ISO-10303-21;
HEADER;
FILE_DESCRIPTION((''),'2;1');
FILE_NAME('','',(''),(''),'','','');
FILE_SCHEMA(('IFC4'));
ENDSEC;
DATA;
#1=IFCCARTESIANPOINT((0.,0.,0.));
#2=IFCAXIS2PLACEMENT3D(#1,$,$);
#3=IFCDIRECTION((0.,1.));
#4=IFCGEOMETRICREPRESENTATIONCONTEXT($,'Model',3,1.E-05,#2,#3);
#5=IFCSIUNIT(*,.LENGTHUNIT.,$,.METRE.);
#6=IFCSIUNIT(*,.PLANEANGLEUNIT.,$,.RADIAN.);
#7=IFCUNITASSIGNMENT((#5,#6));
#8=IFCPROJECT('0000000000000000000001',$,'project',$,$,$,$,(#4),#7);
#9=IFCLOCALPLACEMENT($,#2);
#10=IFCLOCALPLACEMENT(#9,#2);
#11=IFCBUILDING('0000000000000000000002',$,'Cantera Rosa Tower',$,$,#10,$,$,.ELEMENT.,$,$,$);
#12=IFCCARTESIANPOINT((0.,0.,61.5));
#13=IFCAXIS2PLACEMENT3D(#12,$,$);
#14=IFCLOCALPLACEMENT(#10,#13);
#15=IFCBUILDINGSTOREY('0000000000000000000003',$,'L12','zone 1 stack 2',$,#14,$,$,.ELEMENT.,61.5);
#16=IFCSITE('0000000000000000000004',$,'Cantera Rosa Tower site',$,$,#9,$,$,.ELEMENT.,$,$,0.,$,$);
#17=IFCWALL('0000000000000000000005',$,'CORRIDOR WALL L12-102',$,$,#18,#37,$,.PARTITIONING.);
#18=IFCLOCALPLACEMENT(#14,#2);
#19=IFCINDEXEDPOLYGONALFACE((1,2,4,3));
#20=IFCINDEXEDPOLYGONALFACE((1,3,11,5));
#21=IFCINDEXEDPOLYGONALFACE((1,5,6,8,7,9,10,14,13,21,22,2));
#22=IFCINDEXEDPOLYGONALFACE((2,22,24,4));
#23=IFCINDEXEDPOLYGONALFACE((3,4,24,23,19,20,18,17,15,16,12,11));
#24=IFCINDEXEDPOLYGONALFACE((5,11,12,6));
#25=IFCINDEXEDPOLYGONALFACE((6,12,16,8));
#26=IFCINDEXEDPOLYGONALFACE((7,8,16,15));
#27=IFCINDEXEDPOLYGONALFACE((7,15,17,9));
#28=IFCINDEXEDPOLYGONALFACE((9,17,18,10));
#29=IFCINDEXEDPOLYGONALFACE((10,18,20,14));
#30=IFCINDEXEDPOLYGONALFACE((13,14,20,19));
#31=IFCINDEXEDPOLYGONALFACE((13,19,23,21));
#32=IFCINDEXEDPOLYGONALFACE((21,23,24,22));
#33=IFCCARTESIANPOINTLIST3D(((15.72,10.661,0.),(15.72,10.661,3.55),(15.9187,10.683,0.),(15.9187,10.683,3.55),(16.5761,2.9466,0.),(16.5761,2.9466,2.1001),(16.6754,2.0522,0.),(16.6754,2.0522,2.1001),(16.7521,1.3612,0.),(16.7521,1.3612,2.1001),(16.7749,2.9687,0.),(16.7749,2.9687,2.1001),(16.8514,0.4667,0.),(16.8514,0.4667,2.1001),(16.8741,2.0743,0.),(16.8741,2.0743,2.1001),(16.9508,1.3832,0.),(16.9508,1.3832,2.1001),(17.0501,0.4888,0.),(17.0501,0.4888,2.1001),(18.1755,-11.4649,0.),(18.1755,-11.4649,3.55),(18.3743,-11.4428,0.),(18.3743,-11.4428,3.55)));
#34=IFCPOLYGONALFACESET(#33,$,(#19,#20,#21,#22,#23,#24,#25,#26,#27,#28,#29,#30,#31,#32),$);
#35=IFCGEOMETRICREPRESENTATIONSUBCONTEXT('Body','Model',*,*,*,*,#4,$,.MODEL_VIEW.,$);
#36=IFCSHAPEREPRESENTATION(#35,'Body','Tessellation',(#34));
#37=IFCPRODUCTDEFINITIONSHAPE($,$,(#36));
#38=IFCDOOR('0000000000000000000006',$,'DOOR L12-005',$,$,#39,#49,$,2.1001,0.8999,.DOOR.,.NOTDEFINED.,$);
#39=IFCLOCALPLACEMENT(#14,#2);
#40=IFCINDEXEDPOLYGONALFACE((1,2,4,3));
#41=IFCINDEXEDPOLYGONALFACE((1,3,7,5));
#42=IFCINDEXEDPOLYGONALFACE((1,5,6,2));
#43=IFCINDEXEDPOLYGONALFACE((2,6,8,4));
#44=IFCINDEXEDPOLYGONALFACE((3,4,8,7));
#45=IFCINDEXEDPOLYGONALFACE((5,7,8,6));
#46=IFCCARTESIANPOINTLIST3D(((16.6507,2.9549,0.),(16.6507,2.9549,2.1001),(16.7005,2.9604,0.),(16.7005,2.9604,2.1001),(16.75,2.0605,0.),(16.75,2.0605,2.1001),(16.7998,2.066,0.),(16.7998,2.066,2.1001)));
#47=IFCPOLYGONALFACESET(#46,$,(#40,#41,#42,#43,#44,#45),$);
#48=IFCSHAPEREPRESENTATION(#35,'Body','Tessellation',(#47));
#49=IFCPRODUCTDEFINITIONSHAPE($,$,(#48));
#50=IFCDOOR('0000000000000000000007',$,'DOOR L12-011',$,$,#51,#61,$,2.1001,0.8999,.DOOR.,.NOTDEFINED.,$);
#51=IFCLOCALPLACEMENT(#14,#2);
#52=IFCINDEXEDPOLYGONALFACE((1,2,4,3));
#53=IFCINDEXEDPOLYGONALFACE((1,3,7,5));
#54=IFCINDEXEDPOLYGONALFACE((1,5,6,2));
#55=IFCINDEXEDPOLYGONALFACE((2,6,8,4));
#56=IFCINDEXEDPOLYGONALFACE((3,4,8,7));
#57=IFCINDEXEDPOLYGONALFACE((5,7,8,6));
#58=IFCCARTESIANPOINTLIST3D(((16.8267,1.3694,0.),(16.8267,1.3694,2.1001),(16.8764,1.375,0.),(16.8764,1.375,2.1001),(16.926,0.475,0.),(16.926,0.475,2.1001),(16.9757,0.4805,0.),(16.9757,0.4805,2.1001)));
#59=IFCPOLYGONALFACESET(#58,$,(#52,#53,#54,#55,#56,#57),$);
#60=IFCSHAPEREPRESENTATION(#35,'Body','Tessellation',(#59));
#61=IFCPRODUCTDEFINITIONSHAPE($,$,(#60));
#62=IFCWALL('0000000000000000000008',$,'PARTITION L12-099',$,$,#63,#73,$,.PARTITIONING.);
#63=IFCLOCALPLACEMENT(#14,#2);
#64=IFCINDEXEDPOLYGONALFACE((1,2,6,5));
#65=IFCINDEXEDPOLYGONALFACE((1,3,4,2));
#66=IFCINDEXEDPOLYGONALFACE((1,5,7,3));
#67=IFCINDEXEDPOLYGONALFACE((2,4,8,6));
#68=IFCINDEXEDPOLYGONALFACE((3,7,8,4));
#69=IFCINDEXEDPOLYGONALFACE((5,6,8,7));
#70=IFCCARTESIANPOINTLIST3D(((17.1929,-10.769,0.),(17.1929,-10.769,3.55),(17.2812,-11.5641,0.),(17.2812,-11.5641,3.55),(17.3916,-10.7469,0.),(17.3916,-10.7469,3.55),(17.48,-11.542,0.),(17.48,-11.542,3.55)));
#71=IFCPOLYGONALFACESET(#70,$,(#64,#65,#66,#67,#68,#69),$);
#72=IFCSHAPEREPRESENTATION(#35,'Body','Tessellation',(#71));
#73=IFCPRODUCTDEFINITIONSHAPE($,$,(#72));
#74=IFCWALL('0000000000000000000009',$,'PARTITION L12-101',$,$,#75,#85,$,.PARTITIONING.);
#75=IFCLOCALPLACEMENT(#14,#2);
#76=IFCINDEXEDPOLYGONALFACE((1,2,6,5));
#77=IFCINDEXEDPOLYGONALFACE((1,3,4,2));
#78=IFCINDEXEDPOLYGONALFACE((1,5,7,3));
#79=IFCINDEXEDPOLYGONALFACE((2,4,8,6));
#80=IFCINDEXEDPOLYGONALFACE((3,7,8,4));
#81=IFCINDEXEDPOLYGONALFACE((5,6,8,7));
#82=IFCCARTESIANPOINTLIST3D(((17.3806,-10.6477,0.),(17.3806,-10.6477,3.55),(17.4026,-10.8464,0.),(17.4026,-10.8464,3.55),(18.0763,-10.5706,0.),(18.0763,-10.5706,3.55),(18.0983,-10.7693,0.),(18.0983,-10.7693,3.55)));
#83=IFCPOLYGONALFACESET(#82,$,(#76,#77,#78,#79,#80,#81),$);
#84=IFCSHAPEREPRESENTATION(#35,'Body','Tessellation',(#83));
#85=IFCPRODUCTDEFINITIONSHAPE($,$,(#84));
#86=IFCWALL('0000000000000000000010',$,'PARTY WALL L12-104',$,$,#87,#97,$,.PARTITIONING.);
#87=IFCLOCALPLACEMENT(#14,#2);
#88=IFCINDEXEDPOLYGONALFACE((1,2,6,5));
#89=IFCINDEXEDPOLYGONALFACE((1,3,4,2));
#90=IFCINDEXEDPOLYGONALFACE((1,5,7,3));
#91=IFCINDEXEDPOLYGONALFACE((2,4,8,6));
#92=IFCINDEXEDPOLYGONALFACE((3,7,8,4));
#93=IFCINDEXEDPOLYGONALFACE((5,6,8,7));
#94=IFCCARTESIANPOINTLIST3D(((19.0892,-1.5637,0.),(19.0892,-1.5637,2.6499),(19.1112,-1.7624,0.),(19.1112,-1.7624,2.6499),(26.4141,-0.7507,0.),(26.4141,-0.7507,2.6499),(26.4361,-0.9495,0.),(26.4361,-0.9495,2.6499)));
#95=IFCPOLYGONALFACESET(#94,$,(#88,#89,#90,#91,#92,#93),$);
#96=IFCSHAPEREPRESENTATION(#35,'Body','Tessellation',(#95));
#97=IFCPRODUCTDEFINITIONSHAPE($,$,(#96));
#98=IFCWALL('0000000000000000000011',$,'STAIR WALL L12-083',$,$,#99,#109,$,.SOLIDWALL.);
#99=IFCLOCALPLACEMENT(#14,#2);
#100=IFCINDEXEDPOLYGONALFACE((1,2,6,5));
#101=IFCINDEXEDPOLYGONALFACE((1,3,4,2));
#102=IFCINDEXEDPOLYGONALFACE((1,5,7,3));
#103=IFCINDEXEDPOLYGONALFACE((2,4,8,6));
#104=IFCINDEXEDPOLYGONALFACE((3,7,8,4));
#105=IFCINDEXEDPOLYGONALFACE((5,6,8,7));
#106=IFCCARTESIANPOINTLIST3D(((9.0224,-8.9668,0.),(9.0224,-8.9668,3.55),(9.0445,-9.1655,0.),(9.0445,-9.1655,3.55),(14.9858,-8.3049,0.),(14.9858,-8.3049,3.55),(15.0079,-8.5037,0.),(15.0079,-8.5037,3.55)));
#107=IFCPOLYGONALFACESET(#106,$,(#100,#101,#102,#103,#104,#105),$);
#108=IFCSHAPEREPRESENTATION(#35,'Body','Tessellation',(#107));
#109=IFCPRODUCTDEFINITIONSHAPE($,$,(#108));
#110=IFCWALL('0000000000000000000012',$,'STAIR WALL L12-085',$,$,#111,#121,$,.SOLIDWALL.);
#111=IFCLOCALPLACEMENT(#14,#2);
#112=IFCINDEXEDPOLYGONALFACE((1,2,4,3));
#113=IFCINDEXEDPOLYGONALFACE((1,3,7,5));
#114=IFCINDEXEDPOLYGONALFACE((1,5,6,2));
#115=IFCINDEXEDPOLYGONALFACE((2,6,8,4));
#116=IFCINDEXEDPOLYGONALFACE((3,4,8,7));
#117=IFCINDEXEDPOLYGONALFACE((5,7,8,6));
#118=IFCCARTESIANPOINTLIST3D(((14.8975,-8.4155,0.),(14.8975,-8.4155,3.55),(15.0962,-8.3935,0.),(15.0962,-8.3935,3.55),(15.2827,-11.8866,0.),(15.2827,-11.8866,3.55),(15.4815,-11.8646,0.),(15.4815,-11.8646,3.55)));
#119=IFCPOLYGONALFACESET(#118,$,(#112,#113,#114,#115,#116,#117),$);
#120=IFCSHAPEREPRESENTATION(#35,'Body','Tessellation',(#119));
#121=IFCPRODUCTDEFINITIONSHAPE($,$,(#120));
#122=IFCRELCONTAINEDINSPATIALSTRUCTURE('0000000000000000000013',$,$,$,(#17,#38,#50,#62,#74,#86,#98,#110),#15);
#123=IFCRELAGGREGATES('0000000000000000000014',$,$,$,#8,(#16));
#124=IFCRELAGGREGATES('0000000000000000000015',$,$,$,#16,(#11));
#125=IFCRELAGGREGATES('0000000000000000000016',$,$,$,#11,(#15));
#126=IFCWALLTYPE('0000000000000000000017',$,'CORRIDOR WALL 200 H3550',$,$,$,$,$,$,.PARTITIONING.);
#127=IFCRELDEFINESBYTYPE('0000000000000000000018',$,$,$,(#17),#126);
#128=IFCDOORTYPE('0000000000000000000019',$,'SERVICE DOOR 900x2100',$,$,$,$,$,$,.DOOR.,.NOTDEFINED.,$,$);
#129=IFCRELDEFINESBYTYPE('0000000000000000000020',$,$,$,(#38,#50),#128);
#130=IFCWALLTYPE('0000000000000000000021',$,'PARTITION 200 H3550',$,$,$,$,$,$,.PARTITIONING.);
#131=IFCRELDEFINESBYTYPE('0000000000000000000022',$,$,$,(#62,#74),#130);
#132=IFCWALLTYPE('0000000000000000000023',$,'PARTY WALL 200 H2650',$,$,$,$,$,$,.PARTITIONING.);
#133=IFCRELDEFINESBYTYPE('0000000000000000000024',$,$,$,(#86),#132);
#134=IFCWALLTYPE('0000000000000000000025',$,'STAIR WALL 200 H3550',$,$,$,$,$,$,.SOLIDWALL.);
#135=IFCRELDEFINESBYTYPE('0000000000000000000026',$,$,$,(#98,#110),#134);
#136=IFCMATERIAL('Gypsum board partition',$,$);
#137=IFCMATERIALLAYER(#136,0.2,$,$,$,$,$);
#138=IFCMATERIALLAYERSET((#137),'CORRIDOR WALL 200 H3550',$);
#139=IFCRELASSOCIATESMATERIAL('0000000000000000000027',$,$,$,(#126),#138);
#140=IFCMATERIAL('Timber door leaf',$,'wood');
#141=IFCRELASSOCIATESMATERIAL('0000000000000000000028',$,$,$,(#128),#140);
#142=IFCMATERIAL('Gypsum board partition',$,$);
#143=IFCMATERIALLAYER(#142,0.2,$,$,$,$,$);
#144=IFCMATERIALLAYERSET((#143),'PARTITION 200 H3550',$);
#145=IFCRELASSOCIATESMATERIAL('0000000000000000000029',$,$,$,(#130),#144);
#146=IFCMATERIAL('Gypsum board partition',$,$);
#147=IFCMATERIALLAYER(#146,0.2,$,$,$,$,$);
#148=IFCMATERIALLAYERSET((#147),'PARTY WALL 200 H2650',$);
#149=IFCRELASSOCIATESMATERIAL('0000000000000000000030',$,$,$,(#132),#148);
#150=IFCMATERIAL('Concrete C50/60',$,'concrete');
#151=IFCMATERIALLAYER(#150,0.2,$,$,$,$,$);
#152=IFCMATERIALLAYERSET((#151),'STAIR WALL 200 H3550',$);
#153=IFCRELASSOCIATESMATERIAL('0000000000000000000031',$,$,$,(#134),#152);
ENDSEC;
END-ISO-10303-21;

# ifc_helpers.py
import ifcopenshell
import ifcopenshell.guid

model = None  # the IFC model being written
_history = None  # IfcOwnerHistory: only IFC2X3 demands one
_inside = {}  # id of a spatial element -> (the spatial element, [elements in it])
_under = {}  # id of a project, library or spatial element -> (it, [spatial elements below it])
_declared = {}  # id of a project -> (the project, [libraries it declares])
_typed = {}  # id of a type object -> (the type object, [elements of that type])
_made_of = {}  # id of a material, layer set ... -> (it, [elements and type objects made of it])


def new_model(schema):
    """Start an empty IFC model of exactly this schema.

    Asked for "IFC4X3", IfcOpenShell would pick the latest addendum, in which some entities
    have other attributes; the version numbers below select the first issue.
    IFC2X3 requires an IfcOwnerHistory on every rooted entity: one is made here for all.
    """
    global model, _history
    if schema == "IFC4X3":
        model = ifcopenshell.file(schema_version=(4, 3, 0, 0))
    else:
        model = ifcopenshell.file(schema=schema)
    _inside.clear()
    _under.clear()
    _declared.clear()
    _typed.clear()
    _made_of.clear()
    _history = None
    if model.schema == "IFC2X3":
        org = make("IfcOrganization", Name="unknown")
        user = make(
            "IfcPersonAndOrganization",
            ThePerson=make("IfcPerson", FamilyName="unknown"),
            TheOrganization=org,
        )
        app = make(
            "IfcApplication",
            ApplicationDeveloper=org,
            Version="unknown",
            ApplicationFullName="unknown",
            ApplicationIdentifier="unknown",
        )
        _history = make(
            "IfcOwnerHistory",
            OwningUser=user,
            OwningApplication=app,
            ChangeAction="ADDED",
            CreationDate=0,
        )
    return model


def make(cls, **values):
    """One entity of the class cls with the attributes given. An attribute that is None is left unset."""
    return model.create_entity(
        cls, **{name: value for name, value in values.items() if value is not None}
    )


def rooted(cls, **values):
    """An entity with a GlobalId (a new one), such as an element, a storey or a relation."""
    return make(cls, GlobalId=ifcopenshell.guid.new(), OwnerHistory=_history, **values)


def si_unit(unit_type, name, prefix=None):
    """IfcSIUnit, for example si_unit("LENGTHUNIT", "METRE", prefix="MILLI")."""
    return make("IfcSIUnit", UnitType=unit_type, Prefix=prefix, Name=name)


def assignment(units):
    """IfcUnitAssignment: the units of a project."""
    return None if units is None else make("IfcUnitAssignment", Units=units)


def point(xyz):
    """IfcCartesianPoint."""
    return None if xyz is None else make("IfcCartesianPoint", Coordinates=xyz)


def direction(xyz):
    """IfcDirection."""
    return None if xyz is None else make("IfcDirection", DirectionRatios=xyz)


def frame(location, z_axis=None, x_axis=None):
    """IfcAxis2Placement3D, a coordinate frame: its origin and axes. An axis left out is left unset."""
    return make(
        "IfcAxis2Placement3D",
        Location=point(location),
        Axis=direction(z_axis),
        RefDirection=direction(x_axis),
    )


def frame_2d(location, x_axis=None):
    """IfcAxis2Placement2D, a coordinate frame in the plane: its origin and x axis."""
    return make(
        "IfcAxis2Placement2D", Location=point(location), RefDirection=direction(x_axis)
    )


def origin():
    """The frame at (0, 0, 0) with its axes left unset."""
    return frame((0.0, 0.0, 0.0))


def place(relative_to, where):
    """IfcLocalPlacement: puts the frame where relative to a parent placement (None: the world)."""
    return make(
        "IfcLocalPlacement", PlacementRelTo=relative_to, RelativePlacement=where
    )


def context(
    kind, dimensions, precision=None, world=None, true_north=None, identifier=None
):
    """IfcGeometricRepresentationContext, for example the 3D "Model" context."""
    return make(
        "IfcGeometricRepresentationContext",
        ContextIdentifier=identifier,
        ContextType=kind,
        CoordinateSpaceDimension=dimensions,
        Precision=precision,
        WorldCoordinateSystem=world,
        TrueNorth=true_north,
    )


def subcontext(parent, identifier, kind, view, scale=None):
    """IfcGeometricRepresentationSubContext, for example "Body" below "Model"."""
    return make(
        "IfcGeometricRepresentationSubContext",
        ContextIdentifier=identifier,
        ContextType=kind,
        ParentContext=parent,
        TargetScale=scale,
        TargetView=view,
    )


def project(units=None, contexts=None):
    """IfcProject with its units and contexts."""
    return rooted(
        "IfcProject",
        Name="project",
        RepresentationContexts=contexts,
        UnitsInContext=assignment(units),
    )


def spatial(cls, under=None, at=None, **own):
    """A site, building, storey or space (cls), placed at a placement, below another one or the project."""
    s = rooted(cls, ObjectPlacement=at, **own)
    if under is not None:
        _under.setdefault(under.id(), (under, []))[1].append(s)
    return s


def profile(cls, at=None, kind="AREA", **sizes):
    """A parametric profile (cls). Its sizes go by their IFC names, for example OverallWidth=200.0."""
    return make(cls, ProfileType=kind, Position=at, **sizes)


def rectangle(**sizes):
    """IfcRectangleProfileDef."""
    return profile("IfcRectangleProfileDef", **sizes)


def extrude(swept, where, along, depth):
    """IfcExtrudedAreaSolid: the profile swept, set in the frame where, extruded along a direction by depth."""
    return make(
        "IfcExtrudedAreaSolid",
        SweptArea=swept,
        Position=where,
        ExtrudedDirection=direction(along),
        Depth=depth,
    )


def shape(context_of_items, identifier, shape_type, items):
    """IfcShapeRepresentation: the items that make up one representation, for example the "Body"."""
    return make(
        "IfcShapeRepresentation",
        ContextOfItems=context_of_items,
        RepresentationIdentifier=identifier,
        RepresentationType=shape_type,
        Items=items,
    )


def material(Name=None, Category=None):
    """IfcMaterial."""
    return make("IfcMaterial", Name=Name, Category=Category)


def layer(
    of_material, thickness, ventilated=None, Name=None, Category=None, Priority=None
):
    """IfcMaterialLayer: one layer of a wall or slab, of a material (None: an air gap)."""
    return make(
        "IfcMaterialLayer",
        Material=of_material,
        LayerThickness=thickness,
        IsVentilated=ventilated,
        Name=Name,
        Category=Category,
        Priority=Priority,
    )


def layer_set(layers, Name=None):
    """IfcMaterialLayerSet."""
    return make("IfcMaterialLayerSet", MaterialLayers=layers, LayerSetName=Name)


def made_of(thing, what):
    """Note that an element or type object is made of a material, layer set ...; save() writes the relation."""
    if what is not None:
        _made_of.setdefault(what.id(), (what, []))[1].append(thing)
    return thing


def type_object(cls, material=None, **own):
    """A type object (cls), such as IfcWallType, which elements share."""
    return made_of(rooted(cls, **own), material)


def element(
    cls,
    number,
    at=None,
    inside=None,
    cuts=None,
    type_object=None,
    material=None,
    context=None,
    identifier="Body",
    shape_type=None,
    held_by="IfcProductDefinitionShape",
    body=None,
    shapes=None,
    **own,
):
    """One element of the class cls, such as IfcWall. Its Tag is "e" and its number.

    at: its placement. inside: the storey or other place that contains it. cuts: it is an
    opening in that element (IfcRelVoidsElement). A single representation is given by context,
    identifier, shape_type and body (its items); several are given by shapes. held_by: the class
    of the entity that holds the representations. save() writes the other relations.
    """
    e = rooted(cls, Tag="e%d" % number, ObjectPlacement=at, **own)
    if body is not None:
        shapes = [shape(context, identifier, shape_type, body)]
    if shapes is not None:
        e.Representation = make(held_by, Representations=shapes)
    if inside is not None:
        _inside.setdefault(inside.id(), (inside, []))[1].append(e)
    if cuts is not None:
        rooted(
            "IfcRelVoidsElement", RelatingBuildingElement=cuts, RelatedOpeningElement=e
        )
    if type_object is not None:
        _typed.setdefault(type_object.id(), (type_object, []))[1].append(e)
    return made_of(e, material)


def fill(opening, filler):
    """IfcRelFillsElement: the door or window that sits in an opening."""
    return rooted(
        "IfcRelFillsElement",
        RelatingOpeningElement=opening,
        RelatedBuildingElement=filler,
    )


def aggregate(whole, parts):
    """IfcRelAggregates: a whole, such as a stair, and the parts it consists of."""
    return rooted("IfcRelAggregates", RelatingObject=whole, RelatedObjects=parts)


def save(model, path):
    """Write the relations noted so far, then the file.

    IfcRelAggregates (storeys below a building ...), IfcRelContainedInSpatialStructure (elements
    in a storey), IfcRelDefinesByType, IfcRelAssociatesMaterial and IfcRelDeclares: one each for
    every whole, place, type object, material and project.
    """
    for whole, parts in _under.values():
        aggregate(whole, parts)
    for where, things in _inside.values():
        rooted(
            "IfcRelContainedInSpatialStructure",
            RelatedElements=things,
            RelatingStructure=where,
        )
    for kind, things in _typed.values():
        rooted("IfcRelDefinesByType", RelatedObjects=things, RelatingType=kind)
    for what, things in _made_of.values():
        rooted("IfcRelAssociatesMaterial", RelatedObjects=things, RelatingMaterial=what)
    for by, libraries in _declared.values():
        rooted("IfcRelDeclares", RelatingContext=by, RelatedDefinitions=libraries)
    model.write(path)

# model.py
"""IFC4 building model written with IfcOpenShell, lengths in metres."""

from ifc_helpers import new_model, si_unit, direction, frame, frame_2d, origin, place, context, subcontext, project, spatial, rectangle, extrude, material, layer, layer_set, type_object, element, fill, save


model = new_model("IFC4")

# Units and contexts
model_context = context("Model", 3, precision=1e-05, world=origin(), true_north=direction((0.0, 1.0)))
body_context = subcontext(model_context, "Body", "Model", "MODEL_VIEW")
ifc_project = project(units=[si_unit("LENGTHUNIT", "METRE"), si_unit("PLANEANGLEUNIT", "RADIAN")], contexts=[model_context])

# Site, building, storey
site_placement = place(None, origin())
site = spatial("IfcSite", under=ifc_project, at=site_placement, Name="Cantera Rosa Tower site", CompositionType="ELEMENT", RefElevation=0.0)
building_placement = place(site_placement, origin())
building = spatial("IfcBuilding", under=site, at=building_placement, Name="Cantera Rosa Tower", CompositionType="ELEMENT")
storey_placement = place(building_placement, frame((0.0, 0.0, 61.5)))
storey = spatial("IfcBuildingStorey", under=building, at=storey_placement, Name="L12", Description="zone 1 stack 2", CompositionType="ELEMENT", Elevation=61.5)

# Shared definitions
ifc_material_1 = material(Name="Gypsum board partition")
ifc_layer_1 = layer(ifc_material_1, 0.2)
ifc_layer_set_1 = layer_set([ifc_layer_1], Name="CORRIDOR WALL 200 H3550")
wall_type_1 = type_object("IfcWallType", Name="CORRIDOR WALL 200 H3550", PredefinedType="PARTITIONING", material=ifc_layer_set_1)

# Wall, openings, doors
wall_1_placement = place(storey_placement, frame((18.2749, -11.4539, 0.0), z_axis=(0.0, 0.0, 1.0), x_axis=(-0.110304, 0.993898, 0.0)))
wall_1 = element("IfcWall", 1, at=wall_1_placement, inside=storey, type_object=wall_type_1, Name="CORRIDOR WALL L12-102", PredefinedType="PARTITIONING", context=body_context, shape_type="SweptSolid", body=[
    extrude(rectangle(XDim=22.2617, YDim=0.2, at=frame_2d((11.1309, 0.0))), origin(), (0.0, 0.0, 1.0), 3.55),
])
opening_1_placement = place(wall_1_placement, frame((13.6001, 0.0, 0.0)))
opening_1 = element("IfcOpeningElement", 2, at=opening_1_placement, cuts=wall_1, PredefinedType="OPENING", context=body_context, shape_type="SweptSolid", body=[
    extrude(rectangle(XDim=0.8999, YDim=2.1001, at=frame_2d((0.45, 1.05))), frame((0.0, 0.1099, 0.0), z_axis=(0.0, -1.0, 0.0), x_axis=(1.0, 0.0, 0.0)), (0.0, 0.0, 1.0), 0.22),
])
opening_2_placement = place(wall_1_placement, frame((12.0049, 0.0, 0.0)))
opening_2 = element("IfcOpeningElement", 3, at=opening_2_placement, cuts=wall_1, PredefinedType="OPENING", context=body_context, shape_type="SweptSolid", body=[
    extrude(rectangle(XDim=0.8999, YDim=2.1001, at=frame_2d((0.45, 1.05))), frame((0.0, 0.1099, 0.0), z_axis=(0.0, -1.0, 0.0), x_axis=(1.0, 0.0, 0.0)), (0.0, 0.0, 1.0), 0.22),
])
ifc_material_2 = material(Name="Timber door leaf", Category="wood")
door_type = type_object("IfcDoorType", Name="SERVICE DOOR 900x2100", OperationType="NOTDEFINED", PredefinedType="DOOR", material=ifc_material_2)
door_1_placement = place(opening_1_placement, origin())
door_1 = element("IfcDoor", 4, at=door_1_placement, inside=storey, type_object=door_type, Name="DOOR L12-005", OperationType="NOTDEFINED", OverallHeight=2.1001, OverallWidth=0.8999, PredefinedType="DOOR", context=body_context, shape_type="SweptSolid", body=[
    extrude(rectangle(XDim=0.8999, YDim=2.1001, at=frame_2d((0.45, 1.05))), frame((0.0, 0.0249, 0.0), z_axis=(0.0, -1.0, 0.0), x_axis=(1.0, 0.0, 0.0)), (0.0, 0.0, 1.0), 0.05),
])
fill(opening_1, door_1)
door_2_placement = place(opening_2_placement, origin())
door_2 = element("IfcDoor", 5, at=door_2_placement, inside=storey, type_object=door_type, Name="DOOR L12-011", OperationType="NOTDEFINED", OverallHeight=2.1001, OverallWidth=0.8999, PredefinedType="DOOR", context=body_context, shape_type="SweptSolid", body=[
    extrude(rectangle(XDim=0.8999, YDim=2.1001, at=frame_2d((0.45, 1.05))), frame((0.0, 0.0249, 0.0), z_axis=(0.0, -1.0, 0.0), x_axis=(1.0, 0.0, 0.0)), (0.0, 0.0, 1.0), 0.05),
])
fill(opening_2, door_2)

# Walls
ifc_material_3 = material(Name="Gypsum board partition")
ifc_layer_2 = layer(ifc_material_3, 0.2)
ifc_layer_set_2 = layer_set([ifc_layer_2], Name="PARTITION 200 H3550")
wall_type_2 = type_object("IfcWallType", Name="PARTITION 200 H3550", PredefinedType="PARTITIONING", material=ifc_layer_set_2)
wall_2_placement = place(storey_placement, frame((17.2922, -10.7581, 0.0), z_axis=(0.0, 0.0, 1.0), x_axis=(0.110465, -0.99388, 0.0)))
element("IfcWall", 6, at=wall_2_placement, inside=storey, type_object=wall_type_2, Name="PARTITION L12-099", PredefinedType="PARTITIONING", context=body_context, shape_type="SweptSolid", body=[
    extrude(rectangle(XDim=0.8, YDim=0.2, at=frame_2d((0.3999, 0.0))), origin(), (0.0, 0.0, 1.0), 3.55),
])
wall_3_placement = place(storey_placement, frame((18.0874, -10.6699, 0.0), z_axis=(0.0, 0.0, 1.0), x_axis=(-0.993909, -0.110202, 0.0)))
element("IfcWall", 7, at=wall_3_placement, inside=storey, type_object=wall_type_2, Name="PARTITION L12-101", PredefinedType="PARTITIONING", context=body_context, shape_type="SweptSolid", body=[
    extrude(rectangle(XDim=0.7, YDim=0.2, at=frame_2d((0.3501, 0.0))), origin(), (0.0, 0.0, 1.0), 3.55),
])
ifc_material_4 = material(Name="Gypsum board partition")
ifc_layer_3 = layer(ifc_material_4, 0.2)
ifc_layer_set_3 = layer_set([ifc_layer_3], Name="PARTY WALL 200 H2650")
wall_type_3 = type_object("IfcWallType", Name="PARTY WALL 200 H2650", PredefinedType="PARTITIONING", material=ifc_layer_set_3)
wall_4_placement = place(storey_placement, frame((19.1001, -1.6631, 0.0), z_axis=(0.0, 0.0, 1.0), x_axis=(0.993897, 0.110312, 0.0)))
element("IfcWall", 8, at=wall_4_placement, inside=storey, type_object=wall_type_3, Name="PARTY WALL L12-104", PredefinedType="PARTITIONING", context=body_context, shape_type="SweptSolid", body=[
    extrude(rectangle(XDim=7.3699, YDim=0.2, at=frame_2d((3.6851, 0.0))), origin(), (0.0, 0.0, 1.0), 2.6499),
])
ifc_material_5 = material(Name="Concrete C50/60", Category="concrete")
ifc_layer_4 = layer(ifc_material_5, 0.2)
ifc_layer_set_4 = layer_set([ifc_layer_4], Name="STAIR WALL 200 H3550")
wall_type_4 = type_object("IfcWallType", Name="STAIR WALL 200 H3550", PredefinedType="SOLIDWALL", material=ifc_layer_set_4)
wall_5_placement = place(storey_placement, frame((14.9968, -8.4043, 0.0), z_axis=(0.0, 0.0, 1.0), x_axis=(-0.993897, -0.110311, 0.0)))
element("IfcWall", 9, at=wall_5_placement, inside=storey, type_object=wall_type_4, Name="STAIR WALL L12-083", PredefinedType="SOLIDWALL", context=body_context, shape_type="SweptSolid", body=[
    extrude(rectangle(XDim=6.0, YDim=0.2, at=frame_2d((3.0, 0.0))), origin(), (0.0, 0.0, 1.0), 3.55),
])
wall_6_placement = place(storey_placement, frame((15.3821, -11.8755, 0.0), z_axis=(0.0, 0.0, 1.0), x_axis=(-0.110309, 0.993897, 0.0)))
element("IfcWall", 10, at=wall_6_placement, inside=storey, type_object=wall_type_4, Name="STAIR WALL L12-085", PredefinedType="SOLIDWALL", context=body_context, shape_type="SweptSolid", body=[
    extrude(rectangle(XDim=3.4924, YDim=0.2, at=frame_2d((1.7461, 0.0))), origin(), (0.0, 0.0, 1.0), 3.55),
])

save(model, "model.ifc")
